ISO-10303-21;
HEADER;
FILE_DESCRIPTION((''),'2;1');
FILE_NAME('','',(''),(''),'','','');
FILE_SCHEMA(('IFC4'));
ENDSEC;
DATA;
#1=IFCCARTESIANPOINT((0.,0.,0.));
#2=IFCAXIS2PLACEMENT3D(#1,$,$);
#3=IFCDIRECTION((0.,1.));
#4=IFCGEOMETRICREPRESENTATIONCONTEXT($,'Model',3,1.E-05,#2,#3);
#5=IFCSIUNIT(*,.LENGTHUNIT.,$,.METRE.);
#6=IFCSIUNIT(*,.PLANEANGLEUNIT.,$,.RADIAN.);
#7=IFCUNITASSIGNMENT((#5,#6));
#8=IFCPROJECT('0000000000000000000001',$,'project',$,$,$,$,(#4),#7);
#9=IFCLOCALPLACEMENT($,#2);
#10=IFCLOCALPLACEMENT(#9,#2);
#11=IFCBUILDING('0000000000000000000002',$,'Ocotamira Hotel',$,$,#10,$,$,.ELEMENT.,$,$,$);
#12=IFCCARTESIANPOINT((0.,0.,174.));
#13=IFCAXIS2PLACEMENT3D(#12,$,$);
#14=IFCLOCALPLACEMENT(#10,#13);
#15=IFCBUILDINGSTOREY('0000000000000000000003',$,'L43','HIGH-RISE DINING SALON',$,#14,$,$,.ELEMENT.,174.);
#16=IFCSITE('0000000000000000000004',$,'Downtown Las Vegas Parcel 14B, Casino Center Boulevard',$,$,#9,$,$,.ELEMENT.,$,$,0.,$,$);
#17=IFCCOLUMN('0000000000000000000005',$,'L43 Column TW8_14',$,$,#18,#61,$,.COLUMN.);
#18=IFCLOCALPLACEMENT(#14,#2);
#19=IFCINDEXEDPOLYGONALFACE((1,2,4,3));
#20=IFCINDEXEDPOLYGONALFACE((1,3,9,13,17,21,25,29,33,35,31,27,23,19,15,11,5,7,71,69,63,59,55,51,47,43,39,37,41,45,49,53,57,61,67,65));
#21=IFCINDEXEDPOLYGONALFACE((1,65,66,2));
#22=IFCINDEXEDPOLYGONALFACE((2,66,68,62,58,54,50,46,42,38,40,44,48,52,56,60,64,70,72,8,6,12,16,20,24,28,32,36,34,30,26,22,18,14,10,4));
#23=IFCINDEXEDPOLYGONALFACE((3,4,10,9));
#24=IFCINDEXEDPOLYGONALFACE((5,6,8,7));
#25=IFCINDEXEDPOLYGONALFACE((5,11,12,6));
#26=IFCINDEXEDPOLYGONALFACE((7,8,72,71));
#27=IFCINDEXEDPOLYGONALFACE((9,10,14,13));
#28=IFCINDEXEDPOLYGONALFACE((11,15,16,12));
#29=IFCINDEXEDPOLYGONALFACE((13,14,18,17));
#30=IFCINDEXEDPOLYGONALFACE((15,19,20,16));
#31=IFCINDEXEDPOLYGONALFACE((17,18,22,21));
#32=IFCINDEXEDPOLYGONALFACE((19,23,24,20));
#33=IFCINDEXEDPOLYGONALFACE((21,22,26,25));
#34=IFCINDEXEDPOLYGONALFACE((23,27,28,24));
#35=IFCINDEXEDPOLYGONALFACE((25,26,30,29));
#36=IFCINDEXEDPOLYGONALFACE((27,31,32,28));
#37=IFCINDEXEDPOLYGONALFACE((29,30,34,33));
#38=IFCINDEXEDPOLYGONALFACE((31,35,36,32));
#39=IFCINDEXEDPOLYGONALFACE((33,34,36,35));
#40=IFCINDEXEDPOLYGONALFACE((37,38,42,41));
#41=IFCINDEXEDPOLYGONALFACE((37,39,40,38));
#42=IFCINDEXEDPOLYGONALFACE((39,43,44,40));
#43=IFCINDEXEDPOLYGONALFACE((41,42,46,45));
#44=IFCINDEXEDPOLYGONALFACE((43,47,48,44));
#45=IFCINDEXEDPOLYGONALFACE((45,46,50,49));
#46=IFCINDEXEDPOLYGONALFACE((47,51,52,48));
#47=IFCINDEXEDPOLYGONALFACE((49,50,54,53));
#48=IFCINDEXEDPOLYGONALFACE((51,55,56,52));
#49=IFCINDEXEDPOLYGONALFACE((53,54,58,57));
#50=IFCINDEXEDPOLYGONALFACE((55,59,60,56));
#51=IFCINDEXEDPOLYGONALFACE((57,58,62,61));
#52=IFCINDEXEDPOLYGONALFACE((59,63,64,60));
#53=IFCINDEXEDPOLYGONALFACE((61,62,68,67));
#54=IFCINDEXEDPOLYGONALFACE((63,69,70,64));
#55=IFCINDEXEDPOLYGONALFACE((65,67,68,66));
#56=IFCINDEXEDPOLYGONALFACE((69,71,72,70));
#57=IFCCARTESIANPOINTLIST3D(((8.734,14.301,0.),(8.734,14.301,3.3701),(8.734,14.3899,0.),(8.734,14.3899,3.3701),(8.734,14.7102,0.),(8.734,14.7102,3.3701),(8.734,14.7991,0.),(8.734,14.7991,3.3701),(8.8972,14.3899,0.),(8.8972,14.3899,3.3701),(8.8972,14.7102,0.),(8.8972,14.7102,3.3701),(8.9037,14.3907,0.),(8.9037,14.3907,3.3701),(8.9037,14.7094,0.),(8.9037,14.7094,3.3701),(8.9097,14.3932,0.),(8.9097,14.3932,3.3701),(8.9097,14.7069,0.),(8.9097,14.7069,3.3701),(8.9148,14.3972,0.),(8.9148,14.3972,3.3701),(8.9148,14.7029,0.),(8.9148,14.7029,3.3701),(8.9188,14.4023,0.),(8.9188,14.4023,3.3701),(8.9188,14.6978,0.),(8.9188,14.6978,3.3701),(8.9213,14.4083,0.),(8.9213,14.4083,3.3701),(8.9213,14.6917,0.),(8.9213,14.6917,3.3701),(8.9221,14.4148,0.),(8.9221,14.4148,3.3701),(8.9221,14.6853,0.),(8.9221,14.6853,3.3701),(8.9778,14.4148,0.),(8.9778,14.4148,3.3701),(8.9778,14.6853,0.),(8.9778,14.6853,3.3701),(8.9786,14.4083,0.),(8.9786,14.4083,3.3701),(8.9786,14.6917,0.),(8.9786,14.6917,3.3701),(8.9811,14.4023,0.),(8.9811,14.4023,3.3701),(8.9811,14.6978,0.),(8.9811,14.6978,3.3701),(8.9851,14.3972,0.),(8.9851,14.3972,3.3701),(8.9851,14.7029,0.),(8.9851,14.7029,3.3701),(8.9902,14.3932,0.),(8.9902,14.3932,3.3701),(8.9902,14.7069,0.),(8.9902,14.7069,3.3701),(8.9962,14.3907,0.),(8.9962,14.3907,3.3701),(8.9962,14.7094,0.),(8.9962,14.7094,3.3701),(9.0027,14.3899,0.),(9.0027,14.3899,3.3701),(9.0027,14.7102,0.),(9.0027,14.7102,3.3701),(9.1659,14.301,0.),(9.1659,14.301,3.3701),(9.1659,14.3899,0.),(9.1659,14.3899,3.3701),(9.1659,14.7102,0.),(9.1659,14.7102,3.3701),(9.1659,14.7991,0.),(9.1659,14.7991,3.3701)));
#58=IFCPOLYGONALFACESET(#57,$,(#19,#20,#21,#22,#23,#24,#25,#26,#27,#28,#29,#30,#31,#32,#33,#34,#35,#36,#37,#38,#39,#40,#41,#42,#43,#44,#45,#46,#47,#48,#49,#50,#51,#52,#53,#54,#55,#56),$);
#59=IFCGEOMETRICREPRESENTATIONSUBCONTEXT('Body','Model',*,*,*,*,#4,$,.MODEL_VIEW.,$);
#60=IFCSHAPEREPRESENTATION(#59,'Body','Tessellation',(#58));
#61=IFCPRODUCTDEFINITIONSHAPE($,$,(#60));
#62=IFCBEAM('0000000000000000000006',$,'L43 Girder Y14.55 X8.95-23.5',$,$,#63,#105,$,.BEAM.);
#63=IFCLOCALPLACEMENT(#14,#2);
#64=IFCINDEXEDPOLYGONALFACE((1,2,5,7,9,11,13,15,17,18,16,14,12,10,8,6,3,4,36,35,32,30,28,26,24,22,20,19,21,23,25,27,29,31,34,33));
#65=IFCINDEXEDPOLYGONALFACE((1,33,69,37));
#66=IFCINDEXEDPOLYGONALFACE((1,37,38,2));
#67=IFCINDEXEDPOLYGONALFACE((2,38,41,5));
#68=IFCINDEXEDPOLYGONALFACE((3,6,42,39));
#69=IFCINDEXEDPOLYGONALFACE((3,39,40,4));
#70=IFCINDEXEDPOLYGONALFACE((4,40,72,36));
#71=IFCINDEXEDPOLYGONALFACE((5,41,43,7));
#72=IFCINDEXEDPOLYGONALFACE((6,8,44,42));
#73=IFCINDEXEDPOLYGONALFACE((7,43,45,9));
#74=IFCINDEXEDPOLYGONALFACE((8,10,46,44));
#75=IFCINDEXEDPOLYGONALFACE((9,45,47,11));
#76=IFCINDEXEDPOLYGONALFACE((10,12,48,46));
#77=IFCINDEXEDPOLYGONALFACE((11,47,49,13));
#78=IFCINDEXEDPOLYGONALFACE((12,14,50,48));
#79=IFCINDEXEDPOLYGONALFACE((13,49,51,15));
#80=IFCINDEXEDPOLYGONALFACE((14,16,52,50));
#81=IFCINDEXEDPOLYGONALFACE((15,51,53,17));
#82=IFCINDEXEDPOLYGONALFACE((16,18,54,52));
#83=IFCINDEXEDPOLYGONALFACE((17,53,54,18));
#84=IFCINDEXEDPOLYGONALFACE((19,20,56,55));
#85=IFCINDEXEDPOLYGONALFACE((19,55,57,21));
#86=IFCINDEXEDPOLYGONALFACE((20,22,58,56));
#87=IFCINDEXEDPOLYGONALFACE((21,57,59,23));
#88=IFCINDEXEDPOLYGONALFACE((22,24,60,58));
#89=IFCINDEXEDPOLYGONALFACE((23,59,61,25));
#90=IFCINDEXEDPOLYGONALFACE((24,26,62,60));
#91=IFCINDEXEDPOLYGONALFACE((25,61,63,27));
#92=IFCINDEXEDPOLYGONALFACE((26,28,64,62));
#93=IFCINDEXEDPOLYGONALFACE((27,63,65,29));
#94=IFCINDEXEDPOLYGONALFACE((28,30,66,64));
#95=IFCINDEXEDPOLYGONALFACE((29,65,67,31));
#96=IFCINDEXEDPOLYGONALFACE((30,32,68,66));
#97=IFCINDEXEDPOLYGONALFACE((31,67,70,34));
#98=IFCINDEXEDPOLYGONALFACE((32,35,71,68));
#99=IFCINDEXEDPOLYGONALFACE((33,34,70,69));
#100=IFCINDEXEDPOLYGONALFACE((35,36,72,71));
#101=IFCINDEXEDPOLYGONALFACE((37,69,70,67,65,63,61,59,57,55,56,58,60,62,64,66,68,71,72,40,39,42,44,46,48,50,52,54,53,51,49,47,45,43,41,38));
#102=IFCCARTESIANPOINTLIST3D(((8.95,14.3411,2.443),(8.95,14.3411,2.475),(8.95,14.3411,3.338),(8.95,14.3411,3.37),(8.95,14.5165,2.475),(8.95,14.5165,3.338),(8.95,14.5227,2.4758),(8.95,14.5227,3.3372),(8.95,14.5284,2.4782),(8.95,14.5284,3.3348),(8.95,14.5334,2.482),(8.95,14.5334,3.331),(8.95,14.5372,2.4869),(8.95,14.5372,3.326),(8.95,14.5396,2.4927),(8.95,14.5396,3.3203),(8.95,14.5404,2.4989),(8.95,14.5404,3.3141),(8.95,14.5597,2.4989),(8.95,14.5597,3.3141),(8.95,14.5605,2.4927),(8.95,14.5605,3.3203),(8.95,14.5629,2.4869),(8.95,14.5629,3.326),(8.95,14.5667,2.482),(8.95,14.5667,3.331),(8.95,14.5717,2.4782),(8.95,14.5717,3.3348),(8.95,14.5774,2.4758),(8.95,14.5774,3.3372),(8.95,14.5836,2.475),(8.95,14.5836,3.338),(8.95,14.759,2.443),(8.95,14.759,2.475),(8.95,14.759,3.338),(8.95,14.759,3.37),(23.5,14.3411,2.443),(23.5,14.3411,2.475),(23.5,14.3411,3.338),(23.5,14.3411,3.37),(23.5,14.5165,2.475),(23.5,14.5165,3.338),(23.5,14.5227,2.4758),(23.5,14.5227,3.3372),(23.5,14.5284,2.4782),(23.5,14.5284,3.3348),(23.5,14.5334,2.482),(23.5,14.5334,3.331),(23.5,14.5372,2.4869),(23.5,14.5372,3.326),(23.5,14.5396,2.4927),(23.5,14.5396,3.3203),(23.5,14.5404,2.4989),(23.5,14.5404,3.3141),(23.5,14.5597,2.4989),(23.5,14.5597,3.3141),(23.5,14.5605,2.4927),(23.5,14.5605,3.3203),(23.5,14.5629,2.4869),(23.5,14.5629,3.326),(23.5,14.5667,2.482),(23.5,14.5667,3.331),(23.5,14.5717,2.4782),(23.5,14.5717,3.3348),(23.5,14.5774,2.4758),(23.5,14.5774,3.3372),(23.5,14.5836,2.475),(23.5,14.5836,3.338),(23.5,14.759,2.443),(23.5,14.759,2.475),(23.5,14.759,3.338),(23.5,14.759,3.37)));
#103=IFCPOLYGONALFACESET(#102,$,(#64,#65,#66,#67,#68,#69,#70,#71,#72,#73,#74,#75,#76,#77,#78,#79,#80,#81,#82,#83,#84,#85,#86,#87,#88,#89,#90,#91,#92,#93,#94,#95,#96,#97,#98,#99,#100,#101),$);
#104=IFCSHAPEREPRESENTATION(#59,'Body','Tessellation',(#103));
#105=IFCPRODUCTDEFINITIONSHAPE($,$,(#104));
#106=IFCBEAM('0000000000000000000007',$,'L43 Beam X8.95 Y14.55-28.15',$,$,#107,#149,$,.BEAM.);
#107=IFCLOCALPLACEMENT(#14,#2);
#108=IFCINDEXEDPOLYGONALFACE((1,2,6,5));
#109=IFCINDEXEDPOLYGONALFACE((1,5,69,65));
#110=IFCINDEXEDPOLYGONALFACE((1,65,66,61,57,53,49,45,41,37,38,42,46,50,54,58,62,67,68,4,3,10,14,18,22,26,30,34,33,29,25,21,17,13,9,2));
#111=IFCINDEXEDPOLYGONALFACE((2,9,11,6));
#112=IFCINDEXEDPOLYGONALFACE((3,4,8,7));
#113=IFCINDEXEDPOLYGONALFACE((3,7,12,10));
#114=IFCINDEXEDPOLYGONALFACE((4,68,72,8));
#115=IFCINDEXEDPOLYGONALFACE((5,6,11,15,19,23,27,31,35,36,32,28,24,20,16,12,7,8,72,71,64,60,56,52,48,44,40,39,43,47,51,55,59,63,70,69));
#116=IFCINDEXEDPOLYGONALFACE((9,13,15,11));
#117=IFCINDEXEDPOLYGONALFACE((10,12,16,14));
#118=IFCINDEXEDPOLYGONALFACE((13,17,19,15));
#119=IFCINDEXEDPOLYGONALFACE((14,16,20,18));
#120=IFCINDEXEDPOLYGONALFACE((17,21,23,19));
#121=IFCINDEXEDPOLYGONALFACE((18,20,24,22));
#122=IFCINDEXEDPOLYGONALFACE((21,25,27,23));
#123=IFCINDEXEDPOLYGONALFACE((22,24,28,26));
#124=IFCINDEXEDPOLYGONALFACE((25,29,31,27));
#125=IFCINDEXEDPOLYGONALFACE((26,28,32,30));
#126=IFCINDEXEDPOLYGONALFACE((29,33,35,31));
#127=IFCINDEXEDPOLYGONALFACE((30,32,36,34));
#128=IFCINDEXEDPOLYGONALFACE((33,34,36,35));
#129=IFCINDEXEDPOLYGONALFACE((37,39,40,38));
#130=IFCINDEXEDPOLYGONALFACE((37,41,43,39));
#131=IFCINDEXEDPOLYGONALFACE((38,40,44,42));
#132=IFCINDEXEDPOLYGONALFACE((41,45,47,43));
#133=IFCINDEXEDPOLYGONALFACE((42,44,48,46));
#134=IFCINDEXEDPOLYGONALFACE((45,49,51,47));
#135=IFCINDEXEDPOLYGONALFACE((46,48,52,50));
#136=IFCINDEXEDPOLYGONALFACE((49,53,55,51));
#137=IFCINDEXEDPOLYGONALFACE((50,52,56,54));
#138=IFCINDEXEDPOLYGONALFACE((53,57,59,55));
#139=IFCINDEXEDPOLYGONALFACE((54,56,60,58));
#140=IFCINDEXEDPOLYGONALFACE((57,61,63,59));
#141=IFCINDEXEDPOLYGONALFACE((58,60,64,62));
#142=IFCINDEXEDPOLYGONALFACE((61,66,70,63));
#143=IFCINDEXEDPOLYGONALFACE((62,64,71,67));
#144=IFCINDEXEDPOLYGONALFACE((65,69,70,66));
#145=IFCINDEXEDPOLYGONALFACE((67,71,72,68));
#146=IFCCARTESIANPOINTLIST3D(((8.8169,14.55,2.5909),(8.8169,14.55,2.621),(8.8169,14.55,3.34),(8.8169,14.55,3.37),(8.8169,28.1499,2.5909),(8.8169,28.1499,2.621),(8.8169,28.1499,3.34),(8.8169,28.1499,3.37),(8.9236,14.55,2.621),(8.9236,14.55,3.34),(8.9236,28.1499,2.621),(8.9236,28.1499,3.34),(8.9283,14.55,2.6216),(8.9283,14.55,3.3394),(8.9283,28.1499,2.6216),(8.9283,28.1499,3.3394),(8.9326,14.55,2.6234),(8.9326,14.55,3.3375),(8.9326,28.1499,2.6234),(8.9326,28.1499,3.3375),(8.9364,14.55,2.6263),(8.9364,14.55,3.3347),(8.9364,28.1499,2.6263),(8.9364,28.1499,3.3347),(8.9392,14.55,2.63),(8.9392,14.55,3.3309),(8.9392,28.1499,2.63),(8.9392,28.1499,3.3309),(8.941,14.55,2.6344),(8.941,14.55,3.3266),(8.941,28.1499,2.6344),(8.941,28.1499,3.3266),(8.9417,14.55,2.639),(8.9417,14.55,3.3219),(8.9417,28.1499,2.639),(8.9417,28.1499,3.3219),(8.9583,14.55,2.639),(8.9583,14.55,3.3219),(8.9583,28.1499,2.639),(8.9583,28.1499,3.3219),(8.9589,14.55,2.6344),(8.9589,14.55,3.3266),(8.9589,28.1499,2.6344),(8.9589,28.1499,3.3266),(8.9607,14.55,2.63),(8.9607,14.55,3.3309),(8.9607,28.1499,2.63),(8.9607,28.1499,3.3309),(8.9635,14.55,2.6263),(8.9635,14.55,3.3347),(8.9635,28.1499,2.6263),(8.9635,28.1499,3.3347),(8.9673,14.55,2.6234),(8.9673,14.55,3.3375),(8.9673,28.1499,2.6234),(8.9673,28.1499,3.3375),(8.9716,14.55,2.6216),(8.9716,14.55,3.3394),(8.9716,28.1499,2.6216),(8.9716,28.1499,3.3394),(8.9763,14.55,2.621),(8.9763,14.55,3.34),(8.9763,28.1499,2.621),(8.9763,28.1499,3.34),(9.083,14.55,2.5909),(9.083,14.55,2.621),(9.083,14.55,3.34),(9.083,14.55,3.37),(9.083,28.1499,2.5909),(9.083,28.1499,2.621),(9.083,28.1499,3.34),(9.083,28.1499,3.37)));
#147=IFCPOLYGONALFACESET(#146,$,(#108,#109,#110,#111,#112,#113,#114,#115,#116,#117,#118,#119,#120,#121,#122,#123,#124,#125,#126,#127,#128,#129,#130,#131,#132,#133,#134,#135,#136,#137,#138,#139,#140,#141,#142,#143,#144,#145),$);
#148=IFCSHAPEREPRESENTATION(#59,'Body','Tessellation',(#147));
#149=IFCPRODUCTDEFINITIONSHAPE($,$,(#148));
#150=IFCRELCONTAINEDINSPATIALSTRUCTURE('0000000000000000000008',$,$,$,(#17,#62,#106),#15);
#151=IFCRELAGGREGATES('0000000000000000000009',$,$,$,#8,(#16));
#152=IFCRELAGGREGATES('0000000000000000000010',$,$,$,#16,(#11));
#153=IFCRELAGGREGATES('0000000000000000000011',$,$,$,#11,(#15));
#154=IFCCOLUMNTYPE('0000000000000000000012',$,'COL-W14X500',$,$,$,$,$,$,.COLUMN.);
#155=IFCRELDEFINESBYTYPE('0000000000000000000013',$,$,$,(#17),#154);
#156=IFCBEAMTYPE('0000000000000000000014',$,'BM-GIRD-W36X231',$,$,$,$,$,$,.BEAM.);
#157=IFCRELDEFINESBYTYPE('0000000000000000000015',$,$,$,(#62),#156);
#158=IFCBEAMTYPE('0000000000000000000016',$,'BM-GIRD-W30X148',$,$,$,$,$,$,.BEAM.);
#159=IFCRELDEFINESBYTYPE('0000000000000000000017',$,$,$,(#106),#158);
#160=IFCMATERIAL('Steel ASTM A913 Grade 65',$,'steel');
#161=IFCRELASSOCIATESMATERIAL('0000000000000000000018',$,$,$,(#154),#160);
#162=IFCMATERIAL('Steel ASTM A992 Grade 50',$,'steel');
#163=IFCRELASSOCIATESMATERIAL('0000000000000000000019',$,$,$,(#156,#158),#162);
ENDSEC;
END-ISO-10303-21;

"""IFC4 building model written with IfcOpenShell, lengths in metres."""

from ifc_helpers import new_model, si_unit, direction, frame, origin, origin_2d, place, context, subcontext, project, spatial, i_section, extrude, source, transform, mapped, material, material_profile, profile_set, type_object, element, save


model = new_model("IFC4")

# Units and contexts
model_context = context("Model", 3, precision=1e-05, world=origin(), true_north=direction((0.0, 1.0)))
body_context = subcontext(model_context, "Body", "Model", "MODEL_VIEW")
ifc_project = project(units=[si_unit("LENGTHUNIT", "METRE"), si_unit("PLANEANGLEUNIT", "RADIAN")], contexts=[model_context])

# Site, building, storey
site_placement = place(None, origin())
site = spatial("IfcSite", under=ifc_project, at=site_placement, Name="Downtown Las Vegas Parcel 14B, Casino Center Boulevard", CompositionType="ELEMENT", RefElevation=0.0)
building_placement = place(site_placement, origin())
building = spatial("IfcBuilding", under=site, at=building_placement, Name="Ocotamira Hotel", CompositionType="ELEMENT")
storey_placement = place(building_placement, frame((0.0, 0.0, 174.0)))
storey = spatial("IfcBuildingStorey", under=building, at=storey_placement, Name="L43", Description="HIGH-RISE DINING SALON", CompositionType="ELEMENT", Elevation=174.0)

# Column
ifc_material_1 = material(Name="Steel ASTM A913 Grade 65", Category="steel")
ifc_material_profile_1 = material_profile(ifc_material_1, i_section(OverallWidth=0.4319, OverallDepth=0.498, WebThickness=0.0557, FlangeThickness=0.0889, FilletRadius=0.0249, at=origin_2d()), Name="W14X500")
ifc_profile_set_1 = profile_set([ifc_material_profile_1], Name="Steel ASTM A913 Grade 65")
column_type = type_object("IfcColumnType", Name="COL-W14X500", PredefinedType="COLUMN", material=ifc_profile_set_1)
shared_shape_1 = source(origin(), body_context, "Body", "SweptSolid", [
    extrude(i_section(OverallWidth=0.4319, OverallDepth=0.498, WebThickness=0.0557, FlangeThickness=0.0889, FilletRadius=0.0249, at=origin_2d()), origin(), (0.0, 0.0, 1.0), 3.3701),
])
column_placement = place(storey_placement, frame((8.95, 14.55, 0.0), z_axis=(0.0, 0.0, 1.0), x_axis=(1.0, 0.0, 0.0)))
element("IfcColumn", 1, at=column_placement, inside=storey, type_object=column_type, Name="L43 Column TW8_14", PredefinedType="COLUMN", context=body_context, shape_type="MappedRepresentation", body=[
    mapped(shared_shape_1, transform((0.0, 0.0, 0.0), scale=1.0)),
])

# Beams
ifc_material_2 = material(Name="Steel ASTM A992 Grade 50", Category="steel")
ifc_material_profile_2 = material_profile(ifc_material_2, i_section(OverallWidth=0.418, OverallDepth=0.927, WebThickness=0.0193, FlangeThickness=0.032, FilletRadius=0.0239, at=origin_2d()), Name="W36X231")
ifc_profile_set_2 = profile_set([ifc_material_profile_2], Name="Steel ASTM A992 Grade 50")
beam_type_1 = type_object("IfcBeamType", Name="BM-GIRD-W36X231", PredefinedType="BEAM", material=ifc_profile_set_2)
shared_shape_2 = source(origin(), body_context, "Body", "SweptSolid", [
    extrude(i_section(OverallWidth=0.418, OverallDepth=0.927, WebThickness=0.0193, FlangeThickness=0.032, FilletRadius=0.0239, at=origin_2d()), origin(), (0.0, 0.0, 1.0), 14.55),
])
beam_1_placement = place(storey_placement, frame((8.95, 14.55, 2.9065), z_axis=(1.0, 0.0, 0.0), x_axis=(0.0, 1.0, 0.0)))
element("IfcBeam", 2, at=beam_1_placement, inside=storey, type_object=beam_type_1, Name="L43 Girder Y14.55 X8.95-23.5", PredefinedType="BEAM", context=body_context, shape_type="MappedRepresentation", body=[
    mapped(shared_shape_2, transform((0.0, 0.0, 0.0), scale=1.0)),
])
ifc_material_profile_3 = material_profile(ifc_material_2, i_section(OverallWidth=0.2661, OverallDepth=0.7791, WebThickness=0.0166, FlangeThickness=0.03, FilletRadius=0.0181, at=origin_2d()), Name="W30X148")
ifc_profile_set_3 = profile_set([ifc_material_profile_3], Name="Steel ASTM A992 Grade 50")
beam_type_2 = type_object("IfcBeamType", Name="BM-GIRD-W30X148", PredefinedType="BEAM", material=ifc_profile_set_3)
shared_shape_3 = source(origin(), body_context, "Body", "SweptSolid", [
    extrude(i_section(OverallWidth=0.2661, OverallDepth=0.7791, WebThickness=0.0166, FlangeThickness=0.03, FilletRadius=0.0181, at=origin_2d()), origin(), (0.0, 0.0, 1.0), 13.5999),
])
beam_2_placement = place(storey_placement, frame((8.95, 14.55, 2.9805), z_axis=(0.0, 1.0, 0.0), x_axis=(-1.0, 0.0, 0.0)))
element("IfcBeam", 3, at=beam_2_placement, inside=storey, type_object=beam_type_2, Name="L43 Beam X8.95 Y14.55-28.15", PredefinedType="BEAM", context=body_context, shape_type="MappedRepresentation", body=[
    mapped(shared_shape_3, transform((0.0, 0.0, 0.0), scale=1.0)),
])

save(model, "model.ifc")
